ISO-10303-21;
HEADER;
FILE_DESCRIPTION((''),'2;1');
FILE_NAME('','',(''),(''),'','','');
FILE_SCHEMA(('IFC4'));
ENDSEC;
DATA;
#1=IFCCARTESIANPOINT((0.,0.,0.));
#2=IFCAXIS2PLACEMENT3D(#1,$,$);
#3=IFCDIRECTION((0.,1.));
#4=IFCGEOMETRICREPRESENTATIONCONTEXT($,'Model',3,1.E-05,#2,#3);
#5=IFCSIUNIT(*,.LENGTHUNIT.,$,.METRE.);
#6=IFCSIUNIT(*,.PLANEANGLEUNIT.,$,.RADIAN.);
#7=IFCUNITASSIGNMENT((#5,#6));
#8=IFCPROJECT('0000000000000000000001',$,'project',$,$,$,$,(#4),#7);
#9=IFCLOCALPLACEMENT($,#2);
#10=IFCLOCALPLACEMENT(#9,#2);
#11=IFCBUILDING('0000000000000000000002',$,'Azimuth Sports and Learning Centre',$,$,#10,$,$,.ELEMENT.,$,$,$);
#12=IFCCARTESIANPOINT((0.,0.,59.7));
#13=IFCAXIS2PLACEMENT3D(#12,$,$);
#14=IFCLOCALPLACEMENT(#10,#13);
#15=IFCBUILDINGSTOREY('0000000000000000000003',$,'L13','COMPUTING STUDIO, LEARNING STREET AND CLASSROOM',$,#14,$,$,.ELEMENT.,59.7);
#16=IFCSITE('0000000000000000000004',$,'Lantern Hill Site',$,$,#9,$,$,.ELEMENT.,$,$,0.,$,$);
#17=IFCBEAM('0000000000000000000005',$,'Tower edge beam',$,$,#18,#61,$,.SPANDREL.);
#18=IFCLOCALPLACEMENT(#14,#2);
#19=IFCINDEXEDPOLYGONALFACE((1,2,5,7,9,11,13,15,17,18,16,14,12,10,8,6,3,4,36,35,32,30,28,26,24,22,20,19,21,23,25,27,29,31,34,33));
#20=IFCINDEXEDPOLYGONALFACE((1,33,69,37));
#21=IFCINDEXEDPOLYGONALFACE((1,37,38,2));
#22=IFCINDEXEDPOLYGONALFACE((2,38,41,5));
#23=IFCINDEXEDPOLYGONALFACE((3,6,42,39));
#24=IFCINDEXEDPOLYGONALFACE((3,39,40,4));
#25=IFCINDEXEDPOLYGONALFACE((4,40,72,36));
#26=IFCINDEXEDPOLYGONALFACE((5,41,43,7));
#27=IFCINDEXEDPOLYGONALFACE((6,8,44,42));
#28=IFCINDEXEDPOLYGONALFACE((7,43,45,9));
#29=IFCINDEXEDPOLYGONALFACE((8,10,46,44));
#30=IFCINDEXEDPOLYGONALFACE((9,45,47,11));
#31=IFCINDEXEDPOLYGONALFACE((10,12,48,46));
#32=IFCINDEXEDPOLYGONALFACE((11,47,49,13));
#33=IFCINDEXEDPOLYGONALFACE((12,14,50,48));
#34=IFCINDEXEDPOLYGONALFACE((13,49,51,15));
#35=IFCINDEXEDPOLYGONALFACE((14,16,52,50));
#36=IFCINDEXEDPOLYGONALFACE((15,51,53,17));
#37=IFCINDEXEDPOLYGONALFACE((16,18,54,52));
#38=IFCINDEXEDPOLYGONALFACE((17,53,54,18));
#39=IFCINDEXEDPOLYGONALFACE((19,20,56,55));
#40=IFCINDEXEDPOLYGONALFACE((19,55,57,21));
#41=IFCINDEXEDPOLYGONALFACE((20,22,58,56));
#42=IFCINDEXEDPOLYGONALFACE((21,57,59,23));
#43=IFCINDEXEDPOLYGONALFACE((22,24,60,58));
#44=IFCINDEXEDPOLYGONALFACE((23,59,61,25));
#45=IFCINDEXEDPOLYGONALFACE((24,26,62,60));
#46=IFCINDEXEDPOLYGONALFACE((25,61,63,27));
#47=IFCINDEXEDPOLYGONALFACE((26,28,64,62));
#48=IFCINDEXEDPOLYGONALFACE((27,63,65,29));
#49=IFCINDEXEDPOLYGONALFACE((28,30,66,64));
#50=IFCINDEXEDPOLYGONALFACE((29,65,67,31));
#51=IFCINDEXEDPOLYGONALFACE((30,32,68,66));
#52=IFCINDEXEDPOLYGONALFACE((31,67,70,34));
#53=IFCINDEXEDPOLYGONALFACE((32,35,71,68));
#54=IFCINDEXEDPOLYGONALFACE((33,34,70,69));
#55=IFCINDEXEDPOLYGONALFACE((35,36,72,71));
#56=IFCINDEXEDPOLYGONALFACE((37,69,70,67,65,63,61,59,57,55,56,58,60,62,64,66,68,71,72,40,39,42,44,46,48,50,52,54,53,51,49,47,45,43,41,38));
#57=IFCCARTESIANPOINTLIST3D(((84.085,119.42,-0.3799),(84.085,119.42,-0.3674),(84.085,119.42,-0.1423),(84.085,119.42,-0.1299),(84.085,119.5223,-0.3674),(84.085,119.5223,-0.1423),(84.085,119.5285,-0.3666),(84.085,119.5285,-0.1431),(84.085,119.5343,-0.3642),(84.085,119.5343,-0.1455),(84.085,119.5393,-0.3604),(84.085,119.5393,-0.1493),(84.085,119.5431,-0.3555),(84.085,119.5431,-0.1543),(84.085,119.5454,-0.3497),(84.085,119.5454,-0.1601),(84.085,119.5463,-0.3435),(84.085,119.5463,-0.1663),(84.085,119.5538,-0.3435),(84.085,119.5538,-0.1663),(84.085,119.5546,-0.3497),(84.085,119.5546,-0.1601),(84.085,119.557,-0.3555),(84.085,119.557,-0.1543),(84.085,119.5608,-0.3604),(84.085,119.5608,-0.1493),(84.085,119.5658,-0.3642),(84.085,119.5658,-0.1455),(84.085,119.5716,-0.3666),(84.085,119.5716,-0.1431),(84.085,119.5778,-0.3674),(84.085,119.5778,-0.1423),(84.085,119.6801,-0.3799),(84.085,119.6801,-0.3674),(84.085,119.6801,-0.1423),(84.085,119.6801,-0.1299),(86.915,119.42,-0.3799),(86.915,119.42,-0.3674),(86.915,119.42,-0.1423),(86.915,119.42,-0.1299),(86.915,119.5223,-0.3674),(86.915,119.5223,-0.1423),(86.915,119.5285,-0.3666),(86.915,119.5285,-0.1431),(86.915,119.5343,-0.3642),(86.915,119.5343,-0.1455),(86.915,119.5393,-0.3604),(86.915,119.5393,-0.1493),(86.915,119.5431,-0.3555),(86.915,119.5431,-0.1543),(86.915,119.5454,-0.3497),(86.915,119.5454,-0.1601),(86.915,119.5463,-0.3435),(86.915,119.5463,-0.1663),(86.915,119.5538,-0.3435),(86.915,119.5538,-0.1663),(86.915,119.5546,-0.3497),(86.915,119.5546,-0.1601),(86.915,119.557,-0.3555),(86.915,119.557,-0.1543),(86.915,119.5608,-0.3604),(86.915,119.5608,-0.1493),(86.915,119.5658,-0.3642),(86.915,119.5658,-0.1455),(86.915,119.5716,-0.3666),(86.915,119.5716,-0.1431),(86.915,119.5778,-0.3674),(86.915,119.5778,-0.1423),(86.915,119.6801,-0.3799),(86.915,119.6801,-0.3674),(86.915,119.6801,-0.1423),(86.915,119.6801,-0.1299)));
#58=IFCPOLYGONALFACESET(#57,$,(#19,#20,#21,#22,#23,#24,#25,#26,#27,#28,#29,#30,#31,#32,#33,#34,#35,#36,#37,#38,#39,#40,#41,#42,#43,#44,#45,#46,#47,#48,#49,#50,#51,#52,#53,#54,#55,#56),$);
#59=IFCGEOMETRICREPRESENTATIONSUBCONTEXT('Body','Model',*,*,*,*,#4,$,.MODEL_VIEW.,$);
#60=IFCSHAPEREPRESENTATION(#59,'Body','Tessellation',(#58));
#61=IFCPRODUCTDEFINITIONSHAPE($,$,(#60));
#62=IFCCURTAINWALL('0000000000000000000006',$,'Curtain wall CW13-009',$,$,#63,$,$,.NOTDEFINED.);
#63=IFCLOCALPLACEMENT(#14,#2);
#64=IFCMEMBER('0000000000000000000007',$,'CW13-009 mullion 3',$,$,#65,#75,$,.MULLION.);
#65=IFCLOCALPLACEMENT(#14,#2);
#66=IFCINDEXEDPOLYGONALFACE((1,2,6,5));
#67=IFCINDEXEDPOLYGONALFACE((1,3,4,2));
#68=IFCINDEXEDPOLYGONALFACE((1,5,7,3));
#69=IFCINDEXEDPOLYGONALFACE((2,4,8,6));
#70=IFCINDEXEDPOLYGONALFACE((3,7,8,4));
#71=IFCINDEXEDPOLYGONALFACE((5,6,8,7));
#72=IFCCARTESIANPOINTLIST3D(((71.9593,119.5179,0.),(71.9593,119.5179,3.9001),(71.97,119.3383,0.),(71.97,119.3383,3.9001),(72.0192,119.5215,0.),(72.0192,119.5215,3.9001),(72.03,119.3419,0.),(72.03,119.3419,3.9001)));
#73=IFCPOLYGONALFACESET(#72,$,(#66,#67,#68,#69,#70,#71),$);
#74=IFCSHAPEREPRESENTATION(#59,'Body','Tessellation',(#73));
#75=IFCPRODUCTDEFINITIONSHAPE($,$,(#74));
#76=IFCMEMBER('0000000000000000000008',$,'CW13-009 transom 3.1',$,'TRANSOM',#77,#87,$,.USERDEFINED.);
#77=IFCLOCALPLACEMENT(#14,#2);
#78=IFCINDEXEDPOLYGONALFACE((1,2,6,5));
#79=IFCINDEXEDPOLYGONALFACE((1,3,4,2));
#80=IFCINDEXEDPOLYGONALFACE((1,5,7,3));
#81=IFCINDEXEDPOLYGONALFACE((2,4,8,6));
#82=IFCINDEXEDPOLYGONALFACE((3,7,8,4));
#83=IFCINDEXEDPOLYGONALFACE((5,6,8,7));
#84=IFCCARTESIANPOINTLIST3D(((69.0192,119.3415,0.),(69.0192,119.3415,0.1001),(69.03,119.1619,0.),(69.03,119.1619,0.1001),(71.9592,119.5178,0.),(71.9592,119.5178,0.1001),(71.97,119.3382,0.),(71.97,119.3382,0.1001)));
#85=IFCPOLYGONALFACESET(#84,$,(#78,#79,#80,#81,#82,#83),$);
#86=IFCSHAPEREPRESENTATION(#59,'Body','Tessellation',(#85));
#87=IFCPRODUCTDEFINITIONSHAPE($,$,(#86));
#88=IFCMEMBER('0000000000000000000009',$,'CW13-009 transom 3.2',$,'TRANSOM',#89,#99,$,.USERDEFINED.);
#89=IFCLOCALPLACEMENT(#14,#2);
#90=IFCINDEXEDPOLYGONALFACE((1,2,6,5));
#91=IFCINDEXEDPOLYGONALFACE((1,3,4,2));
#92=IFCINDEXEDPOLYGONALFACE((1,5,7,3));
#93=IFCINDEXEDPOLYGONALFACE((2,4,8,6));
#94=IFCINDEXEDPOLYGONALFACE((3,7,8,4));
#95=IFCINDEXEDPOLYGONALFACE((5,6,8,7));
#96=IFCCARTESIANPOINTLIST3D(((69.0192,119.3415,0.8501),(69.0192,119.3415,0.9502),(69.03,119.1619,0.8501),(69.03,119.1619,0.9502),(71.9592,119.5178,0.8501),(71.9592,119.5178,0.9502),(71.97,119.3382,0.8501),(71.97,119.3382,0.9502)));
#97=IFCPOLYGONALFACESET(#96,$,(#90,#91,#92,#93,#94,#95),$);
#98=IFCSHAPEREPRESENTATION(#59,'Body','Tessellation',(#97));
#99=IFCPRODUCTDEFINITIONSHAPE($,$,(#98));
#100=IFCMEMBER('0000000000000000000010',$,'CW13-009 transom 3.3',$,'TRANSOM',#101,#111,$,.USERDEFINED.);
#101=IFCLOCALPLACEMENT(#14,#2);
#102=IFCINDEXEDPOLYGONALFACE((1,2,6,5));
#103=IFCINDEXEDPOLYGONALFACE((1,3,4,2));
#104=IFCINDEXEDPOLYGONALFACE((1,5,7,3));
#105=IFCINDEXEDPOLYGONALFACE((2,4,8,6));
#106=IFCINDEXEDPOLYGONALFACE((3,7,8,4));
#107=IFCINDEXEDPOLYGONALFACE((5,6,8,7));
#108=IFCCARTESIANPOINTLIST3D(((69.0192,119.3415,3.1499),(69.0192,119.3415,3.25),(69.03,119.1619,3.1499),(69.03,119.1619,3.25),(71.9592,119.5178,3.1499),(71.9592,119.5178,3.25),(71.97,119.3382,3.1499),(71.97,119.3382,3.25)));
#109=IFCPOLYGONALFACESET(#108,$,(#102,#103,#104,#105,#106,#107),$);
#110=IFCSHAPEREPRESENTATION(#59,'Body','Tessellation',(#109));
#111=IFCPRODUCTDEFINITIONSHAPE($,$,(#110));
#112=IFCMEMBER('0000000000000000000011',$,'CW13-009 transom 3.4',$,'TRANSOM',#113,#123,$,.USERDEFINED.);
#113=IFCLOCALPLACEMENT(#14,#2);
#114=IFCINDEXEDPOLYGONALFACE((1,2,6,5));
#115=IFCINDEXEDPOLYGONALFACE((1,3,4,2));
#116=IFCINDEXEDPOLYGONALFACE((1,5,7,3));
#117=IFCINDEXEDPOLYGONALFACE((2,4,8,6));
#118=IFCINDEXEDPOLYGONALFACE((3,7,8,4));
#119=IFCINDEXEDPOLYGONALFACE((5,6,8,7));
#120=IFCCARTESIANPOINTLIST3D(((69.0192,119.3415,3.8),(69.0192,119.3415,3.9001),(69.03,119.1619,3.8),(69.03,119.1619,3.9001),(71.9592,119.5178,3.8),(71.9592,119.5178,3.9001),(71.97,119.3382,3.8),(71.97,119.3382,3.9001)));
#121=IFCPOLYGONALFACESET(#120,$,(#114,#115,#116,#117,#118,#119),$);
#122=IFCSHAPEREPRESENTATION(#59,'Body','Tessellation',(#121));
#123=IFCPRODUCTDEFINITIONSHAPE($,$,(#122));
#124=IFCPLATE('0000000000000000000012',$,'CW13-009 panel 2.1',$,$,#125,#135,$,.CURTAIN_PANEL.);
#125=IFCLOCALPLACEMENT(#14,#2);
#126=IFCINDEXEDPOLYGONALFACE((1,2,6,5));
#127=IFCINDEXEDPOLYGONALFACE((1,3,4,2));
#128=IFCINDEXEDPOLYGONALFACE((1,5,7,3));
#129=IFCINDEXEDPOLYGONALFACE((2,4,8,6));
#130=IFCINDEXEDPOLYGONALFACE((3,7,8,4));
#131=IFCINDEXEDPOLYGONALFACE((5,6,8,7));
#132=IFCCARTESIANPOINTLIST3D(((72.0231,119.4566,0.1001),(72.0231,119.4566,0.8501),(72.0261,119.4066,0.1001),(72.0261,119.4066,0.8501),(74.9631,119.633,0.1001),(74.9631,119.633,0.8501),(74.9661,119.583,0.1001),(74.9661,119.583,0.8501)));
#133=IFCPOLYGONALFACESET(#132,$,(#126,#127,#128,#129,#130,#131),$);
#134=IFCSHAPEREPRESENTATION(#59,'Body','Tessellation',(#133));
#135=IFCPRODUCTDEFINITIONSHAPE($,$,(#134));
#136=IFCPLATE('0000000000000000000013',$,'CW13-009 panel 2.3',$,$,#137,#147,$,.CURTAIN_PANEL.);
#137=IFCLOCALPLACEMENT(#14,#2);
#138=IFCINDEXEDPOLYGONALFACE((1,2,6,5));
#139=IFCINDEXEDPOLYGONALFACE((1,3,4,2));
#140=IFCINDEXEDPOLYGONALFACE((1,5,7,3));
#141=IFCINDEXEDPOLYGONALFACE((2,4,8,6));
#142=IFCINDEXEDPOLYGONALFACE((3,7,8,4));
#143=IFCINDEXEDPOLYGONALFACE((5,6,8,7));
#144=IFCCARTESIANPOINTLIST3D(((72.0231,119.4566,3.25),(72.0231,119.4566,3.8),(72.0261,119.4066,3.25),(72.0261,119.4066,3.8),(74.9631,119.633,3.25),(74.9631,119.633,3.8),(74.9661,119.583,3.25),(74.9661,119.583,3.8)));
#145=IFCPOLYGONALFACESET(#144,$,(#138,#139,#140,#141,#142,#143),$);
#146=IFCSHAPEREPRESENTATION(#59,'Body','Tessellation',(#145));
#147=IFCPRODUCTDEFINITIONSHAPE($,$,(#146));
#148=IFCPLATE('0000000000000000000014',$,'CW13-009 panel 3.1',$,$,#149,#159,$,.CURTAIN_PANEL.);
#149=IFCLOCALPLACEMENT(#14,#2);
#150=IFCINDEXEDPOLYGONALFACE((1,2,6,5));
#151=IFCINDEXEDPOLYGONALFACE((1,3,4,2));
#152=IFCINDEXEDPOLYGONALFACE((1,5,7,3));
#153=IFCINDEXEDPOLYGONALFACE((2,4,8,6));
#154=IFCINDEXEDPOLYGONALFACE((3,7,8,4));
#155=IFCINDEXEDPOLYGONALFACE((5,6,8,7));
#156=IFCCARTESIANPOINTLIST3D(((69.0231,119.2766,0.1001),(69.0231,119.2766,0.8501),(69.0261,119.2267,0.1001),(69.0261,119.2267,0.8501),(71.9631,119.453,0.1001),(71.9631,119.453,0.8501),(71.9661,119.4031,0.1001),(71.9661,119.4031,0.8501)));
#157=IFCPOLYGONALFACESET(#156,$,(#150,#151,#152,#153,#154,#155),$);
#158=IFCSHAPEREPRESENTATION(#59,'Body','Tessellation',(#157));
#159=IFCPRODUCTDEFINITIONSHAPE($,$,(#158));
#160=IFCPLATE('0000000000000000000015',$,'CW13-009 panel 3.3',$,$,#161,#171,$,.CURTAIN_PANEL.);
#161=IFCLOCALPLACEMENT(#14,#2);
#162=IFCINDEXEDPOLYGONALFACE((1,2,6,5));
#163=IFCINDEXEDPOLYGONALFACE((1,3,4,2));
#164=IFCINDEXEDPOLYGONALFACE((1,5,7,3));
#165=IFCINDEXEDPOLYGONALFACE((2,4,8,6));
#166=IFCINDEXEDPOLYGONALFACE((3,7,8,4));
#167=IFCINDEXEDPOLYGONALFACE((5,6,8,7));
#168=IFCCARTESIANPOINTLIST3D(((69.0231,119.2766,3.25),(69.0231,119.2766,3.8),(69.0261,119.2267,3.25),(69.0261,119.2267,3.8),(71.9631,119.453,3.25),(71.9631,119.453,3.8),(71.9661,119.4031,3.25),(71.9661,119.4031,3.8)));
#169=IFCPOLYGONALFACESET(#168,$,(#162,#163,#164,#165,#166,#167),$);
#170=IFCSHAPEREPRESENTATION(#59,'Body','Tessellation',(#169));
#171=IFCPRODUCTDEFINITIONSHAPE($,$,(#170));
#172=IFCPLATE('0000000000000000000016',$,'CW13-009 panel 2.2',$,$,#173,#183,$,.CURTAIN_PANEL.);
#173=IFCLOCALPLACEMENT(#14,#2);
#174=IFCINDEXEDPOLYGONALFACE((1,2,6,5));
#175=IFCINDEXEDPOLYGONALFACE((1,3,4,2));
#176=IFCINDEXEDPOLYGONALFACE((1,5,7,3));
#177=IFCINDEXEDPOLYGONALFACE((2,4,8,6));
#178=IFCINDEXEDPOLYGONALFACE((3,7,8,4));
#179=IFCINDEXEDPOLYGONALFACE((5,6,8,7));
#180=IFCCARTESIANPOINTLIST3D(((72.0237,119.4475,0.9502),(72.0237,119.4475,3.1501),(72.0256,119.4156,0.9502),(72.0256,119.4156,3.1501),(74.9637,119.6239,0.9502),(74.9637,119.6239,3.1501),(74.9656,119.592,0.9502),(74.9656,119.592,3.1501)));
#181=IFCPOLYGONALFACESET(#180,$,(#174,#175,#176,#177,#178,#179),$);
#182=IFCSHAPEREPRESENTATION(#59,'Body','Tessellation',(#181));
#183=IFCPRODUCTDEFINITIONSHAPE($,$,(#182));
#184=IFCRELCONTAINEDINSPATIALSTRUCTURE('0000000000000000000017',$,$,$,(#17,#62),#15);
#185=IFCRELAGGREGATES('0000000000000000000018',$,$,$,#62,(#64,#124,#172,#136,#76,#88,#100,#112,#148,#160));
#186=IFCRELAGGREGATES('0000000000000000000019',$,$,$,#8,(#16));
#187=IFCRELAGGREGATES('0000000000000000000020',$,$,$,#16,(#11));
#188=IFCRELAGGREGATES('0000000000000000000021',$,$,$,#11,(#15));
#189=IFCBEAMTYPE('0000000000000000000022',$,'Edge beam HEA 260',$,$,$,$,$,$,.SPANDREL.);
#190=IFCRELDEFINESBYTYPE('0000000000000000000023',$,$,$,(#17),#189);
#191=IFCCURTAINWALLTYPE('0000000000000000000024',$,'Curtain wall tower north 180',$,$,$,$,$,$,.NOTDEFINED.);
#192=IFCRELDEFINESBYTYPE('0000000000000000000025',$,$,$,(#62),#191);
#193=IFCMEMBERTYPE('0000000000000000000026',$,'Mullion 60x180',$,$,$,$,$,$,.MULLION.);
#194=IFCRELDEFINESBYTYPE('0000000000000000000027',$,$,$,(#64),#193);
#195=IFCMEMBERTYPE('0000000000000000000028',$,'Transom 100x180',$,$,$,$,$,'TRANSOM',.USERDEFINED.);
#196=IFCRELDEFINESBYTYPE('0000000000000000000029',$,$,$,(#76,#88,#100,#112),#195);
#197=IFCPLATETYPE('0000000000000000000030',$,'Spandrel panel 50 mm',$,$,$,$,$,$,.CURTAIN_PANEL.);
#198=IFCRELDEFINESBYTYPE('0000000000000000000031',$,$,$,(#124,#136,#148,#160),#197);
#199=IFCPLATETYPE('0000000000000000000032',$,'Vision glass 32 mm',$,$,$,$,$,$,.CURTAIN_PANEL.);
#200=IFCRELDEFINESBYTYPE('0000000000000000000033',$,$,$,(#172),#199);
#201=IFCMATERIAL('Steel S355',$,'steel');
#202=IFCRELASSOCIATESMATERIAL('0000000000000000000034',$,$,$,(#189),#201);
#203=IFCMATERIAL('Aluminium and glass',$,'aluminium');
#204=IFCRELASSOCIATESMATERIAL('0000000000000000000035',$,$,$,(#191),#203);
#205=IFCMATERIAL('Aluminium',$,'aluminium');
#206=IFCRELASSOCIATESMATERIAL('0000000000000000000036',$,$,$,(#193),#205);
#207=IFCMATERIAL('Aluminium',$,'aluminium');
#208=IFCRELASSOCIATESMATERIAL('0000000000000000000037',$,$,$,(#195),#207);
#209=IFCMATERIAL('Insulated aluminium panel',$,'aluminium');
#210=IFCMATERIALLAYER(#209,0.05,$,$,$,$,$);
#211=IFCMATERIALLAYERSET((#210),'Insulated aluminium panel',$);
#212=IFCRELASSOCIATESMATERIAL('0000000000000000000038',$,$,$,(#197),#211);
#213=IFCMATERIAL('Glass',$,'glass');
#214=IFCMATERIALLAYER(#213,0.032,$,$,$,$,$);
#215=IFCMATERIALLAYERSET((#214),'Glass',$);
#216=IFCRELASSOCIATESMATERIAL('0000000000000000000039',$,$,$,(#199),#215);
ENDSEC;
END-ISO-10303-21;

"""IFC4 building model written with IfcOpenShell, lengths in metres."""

from ifc_helpers import new_model, si_unit, direction, frame, origin, origin_2d, place, context, subcontext, project, spatial, rectangle, i_section, extrude, material, layer, layer_set, material_profile, profile_set, type_object, element, aggregate, save


model = new_model("IFC4")

# Units and contexts
model_context = context("Model", 3, precision=1e-05, world=origin(), true_north=direction((0.0, 1.0)))
body_context = subcontext(model_context, "Body", "Model", "MODEL_VIEW")
ifc_project = project(units=[si_unit("LENGTHUNIT", "METRE"), si_unit("PLANEANGLEUNIT", "RADIAN")], contexts=[model_context])

# Site, building, storey
site_placement = place(None, origin())
site = spatial("IfcSite", under=ifc_project, at=site_placement, Name="Lantern Hill Site", CompositionType="ELEMENT", RefElevation=0.0)
building_placement = place(site_placement, origin())
building = spatial("IfcBuilding", under=site, at=building_placement, Name="Azimuth Sports and Learning Centre", CompositionType="ELEMENT")
storey_placement = place(building_placement, frame((0.0, 0.0, 59.7)))
storey = spatial("IfcBuildingStorey", under=building, at=storey_placement, Name="L13", Description="COMPUTING STUDIO, LEARNING STREET AND CLASSROOM", CompositionType="ELEMENT", Elevation=59.7)

# Beam
ifc_material_1 = material(Name="Steel S355", Category="steel")
ifc_material_profile_1 = material_profile(ifc_material_1, i_section(OverallWidth=0.26, OverallDepth=0.25, WebThickness=0.0076, FlangeThickness=0.0125, FilletRadius=0.0239, at=origin_2d()), Name="HEA 260")
ifc_profile_set_1 = profile_set([ifc_material_profile_1], Name="Steel S355")
beam_type_1 = type_object("IfcBeamType", Name="Edge beam HEA 260", PredefinedType="SPANDREL", material=ifc_profile_set_1)
for number, where, z_axis, x_axis, name in (
    (1, (84.085, 119.55, -0.2549), (1.0, 0.0, 0.0), (0.0, 1.0, 0.0), "Tower edge beam"),
):
    element("IfcBeam", number, at=place(storey_placement, frame(where, z_axis=z_axis, x_axis=x_axis)), inside=storey, type_object=beam_type_1, Name=name, PredefinedType="SPANDREL", context=body_context, shape_type="SweptSolid", body=[
        extrude(i_section(OverallWidth=0.26, OverallDepth=0.25, WebThickness=0.0076, FlangeThickness=0.0125, FilletRadius=0.0239, at=origin_2d()), origin(), (0.0, 0.0, 1.0), 2.8301),
    ])

# Curtain wall, members, plates
ifc_material_2 = material(Name="Aluminium and glass", Category="aluminium")
curtain_wall_type = type_object("IfcCurtainWallType", Name="Curtain wall tower north 180", PredefinedType="NOTDEFINED", material=ifc_material_2)
curtain_wall_placement = place(storey_placement, origin())
curtain_wall = element("IfcCurtainWall", 2, at=curtain_wall_placement, inside=storey, type_object=curtain_wall_type, Name="Curtain wall CW13-009", PredefinedType="NOTDEFINED")
ifc_material_3 = material(Name="Aluminium", Category="aluminium")
ifc_material_profile_2 = material_profile(ifc_material_3, rectangle(XDim=0.1799, YDim=0.0601, at=origin_2d()), Name="Mullion 60x180")
ifc_profile_set_2 = profile_set([ifc_material_profile_2], Name="Aluminium")
member_type_1 = type_object("IfcMemberType", Name="Mullion 60x180", PredefinedType="MULLION", material=ifc_profile_set_2)
member_1_placement = place(storey_placement, frame((71.9946, 119.4299, 0.0), z_axis=(0.0, 0.0, 1.0), x_axis=(0.059892, -0.998205, 0.0)))
member_1 = element("IfcMember", 3, at=member_1_placement, type_object=member_type_1, Name="CW13-009 mullion 3", PredefinedType="MULLION", context=body_context, shape_type="SweptSolid", body=[
    extrude(rectangle(XDim=0.1799, YDim=0.0601, at=origin_2d()), origin(), (0.0, 0.0, 1.0), 3.9001),
])
ifc_material_4 = material(Name="Aluminium", Category="aluminium")
ifc_material_profile_3 = material_profile(ifc_material_4, rectangle(XDim=0.1799, YDim=0.1001, at=origin_2d()), Name="Transom 100x180")
ifc_profile_set_3 = profile_set([ifc_material_profile_3], Name="Aluminium")
member_type_2 = type_object("IfcMemberType", Name="Transom 100x180", ElementType="TRANSOM", PredefinedType="USERDEFINED", material=ifc_profile_set_3)
member_2_placement = place(storey_placement, frame((71.9646, 119.428, 0.05), z_axis=(-0.998207, -0.059849, 0.0), x_axis=(0.059849, -0.998207, 0.0)))
member_2 = element("IfcMember", 4, at=member_2_placement, type_object=member_type_2, Name="CW13-009 transom 3.1", ObjectType="TRANSOM", PredefinedType="USERDEFINED", context=body_context, shape_type="SweptSolid", body=[
    extrude(rectangle(XDim=0.1799, YDim=0.1001, at=origin_2d()), origin(), (0.0, 0.0, 1.0), 2.9453),
])
member_3_placement = place(storey_placement, frame((71.9646, 119.428, 0.9001), z_axis=(-0.998207, -0.059849, 0.0), x_axis=(0.059849, -0.998207, 0.0)))
member_3 = element("IfcMember", 5, at=member_3_placement, type_object=member_type_2, Name="CW13-009 transom 3.2", ObjectType="TRANSOM", PredefinedType="USERDEFINED", context=body_context, shape_type="SweptSolid", body=[
    extrude(rectangle(XDim=0.1799, YDim=0.1001, at=origin_2d()), origin(), (0.0, 0.0, 1.0), 2.9453),
])
member_4_placement = place(storey_placement, frame((71.9646, 119.428, 3.2), z_axis=(-0.998207, -0.059849, 0.0), x_axis=(0.059849, -0.998207, 0.0)))
member_4 = element("IfcMember", 6, at=member_4_placement, type_object=member_type_2, Name="CW13-009 transom 3.3", ObjectType="TRANSOM", PredefinedType="USERDEFINED", context=body_context, shape_type="SweptSolid", body=[
    extrude(rectangle(XDim=0.1799, YDim=0.1001, at=origin_2d()), origin(), (0.0, 0.0, 1.0), 2.9453),
])
member_5_placement = place(storey_placement, frame((71.9646, 119.428, 3.8501), z_axis=(-0.998207, -0.059849, 0.0), x_axis=(0.059849, -0.998207, 0.0)))
member_5 = element("IfcMember", 7, at=member_5_placement, type_object=member_type_2, Name="CW13-009 transom 3.4", ObjectType="TRANSOM", PredefinedType="USERDEFINED", context=body_context, shape_type="SweptSolid", body=[
    extrude(rectangle(XDim=0.1799, YDim=0.1001, at=origin_2d()), origin(), (0.0, 0.0, 1.0), 2.9453),
])
ifc_material_5 = material(Name="Insulated aluminium panel", Category="aluminium")
ifc_layer_1 = layer(ifc_material_5, 0.05)
ifc_layer_set_1 = layer_set([ifc_layer_1], Name="Insulated aluminium panel")
plate_type_1 = type_object("IfcPlateType", Name="Spandrel panel 50 mm", PredefinedType="CURTAIN_PANEL", material=ifc_layer_set_1)
plate_1_placement = place(storey_placement, frame((73.4946, 119.5198, 0.1001), z_axis=(0.0, 0.0, 1.0), x_axis=(-0.998205, -0.059892, 0.0)))
plate_1 = element("IfcPlate", 8, at=plate_1_placement, type_object=plate_type_1, Name="CW13-009 panel 2.1", PredefinedType="CURTAIN_PANEL", context=body_context, shape_type="SweptSolid", body=[
    extrude(rectangle(XDim=2.9453, YDim=0.05, at=origin_2d()), origin(), (0.0, 0.0, 1.0), 0.75),
])
plate_2_placement = place(storey_placement, frame((73.4946, 119.5198, 3.25), z_axis=(0.0, 0.0, 1.0), x_axis=(-0.998205, -0.059892, 0.0)))
plate_2 = element("IfcPlate", 9, at=plate_2_placement, type_object=plate_type_1, Name="CW13-009 panel 2.3", PredefinedType="CURTAIN_PANEL", context=body_context, shape_type="SweptSolid", body=[
    extrude(rectangle(XDim=2.9453, YDim=0.05, at=origin_2d()), origin(), (0.0, 0.0, 1.0), 0.55),
])
plate_3_placement = place(storey_placement, frame((70.4946, 119.3398, 0.1001), z_axis=(0.0, 0.0, 1.0), x_axis=(-0.998205, -0.059892, 0.0)))
plate_3 = element("IfcPlate", 10, at=plate_3_placement, type_object=plate_type_1, Name="CW13-009 panel 3.1", PredefinedType="CURTAIN_PANEL", context=body_context, shape_type="SweptSolid", body=[
    extrude(rectangle(XDim=2.9453, YDim=0.05, at=origin_2d()), origin(), (0.0, 0.0, 1.0), 0.75),
])
plate_4_placement = place(storey_placement, frame((70.4946, 119.3398, 3.25), z_axis=(0.0, 0.0, 1.0), x_axis=(-0.998205, -0.059892, 0.0)))
plate_4 = element("IfcPlate", 11, at=plate_4_placement, type_object=plate_type_1, Name="CW13-009 panel 3.3", PredefinedType="CURTAIN_PANEL", context=body_context, shape_type="SweptSolid", body=[
    extrude(rectangle(XDim=2.9453, YDim=0.05, at=origin_2d()), origin(), (0.0, 0.0, 1.0), 0.55),
])
ifc_material_6 = material(Name="Glass", Category="glass")
ifc_layer_2 = layer(ifc_material_6, 0.032)
ifc_layer_set_2 = layer_set([ifc_layer_2], Name="Glass")
plate_type_2 = type_object("IfcPlateType", Name="Vision glass 32 mm", PredefinedType="CURTAIN_PANEL", material=ifc_layer_set_2)
plate_5_placement = place(storey_placement, frame((73.4946, 119.5198, 0.9502), z_axis=(0.0, 0.0, 1.0), x_axis=(-0.998205, -0.059892, 0.0)))
plate_5 = element("IfcPlate", 12, at=plate_5_placement, type_object=plate_type_2, Name="CW13-009 panel 2.2", PredefinedType="CURTAIN_PANEL", context=body_context, shape_type="SweptSolid", body=[
    extrude(rectangle(XDim=2.9453, YDim=0.032, at=origin_2d()), origin(), (0.0, 0.0, 1.0), 2.2),
])
aggregate(curtain_wall, [member_1, plate_1, plate_5, plate_2, member_2, member_3, member_4, member_5, plate_3, plate_4])

save(model, "model.ifc")
